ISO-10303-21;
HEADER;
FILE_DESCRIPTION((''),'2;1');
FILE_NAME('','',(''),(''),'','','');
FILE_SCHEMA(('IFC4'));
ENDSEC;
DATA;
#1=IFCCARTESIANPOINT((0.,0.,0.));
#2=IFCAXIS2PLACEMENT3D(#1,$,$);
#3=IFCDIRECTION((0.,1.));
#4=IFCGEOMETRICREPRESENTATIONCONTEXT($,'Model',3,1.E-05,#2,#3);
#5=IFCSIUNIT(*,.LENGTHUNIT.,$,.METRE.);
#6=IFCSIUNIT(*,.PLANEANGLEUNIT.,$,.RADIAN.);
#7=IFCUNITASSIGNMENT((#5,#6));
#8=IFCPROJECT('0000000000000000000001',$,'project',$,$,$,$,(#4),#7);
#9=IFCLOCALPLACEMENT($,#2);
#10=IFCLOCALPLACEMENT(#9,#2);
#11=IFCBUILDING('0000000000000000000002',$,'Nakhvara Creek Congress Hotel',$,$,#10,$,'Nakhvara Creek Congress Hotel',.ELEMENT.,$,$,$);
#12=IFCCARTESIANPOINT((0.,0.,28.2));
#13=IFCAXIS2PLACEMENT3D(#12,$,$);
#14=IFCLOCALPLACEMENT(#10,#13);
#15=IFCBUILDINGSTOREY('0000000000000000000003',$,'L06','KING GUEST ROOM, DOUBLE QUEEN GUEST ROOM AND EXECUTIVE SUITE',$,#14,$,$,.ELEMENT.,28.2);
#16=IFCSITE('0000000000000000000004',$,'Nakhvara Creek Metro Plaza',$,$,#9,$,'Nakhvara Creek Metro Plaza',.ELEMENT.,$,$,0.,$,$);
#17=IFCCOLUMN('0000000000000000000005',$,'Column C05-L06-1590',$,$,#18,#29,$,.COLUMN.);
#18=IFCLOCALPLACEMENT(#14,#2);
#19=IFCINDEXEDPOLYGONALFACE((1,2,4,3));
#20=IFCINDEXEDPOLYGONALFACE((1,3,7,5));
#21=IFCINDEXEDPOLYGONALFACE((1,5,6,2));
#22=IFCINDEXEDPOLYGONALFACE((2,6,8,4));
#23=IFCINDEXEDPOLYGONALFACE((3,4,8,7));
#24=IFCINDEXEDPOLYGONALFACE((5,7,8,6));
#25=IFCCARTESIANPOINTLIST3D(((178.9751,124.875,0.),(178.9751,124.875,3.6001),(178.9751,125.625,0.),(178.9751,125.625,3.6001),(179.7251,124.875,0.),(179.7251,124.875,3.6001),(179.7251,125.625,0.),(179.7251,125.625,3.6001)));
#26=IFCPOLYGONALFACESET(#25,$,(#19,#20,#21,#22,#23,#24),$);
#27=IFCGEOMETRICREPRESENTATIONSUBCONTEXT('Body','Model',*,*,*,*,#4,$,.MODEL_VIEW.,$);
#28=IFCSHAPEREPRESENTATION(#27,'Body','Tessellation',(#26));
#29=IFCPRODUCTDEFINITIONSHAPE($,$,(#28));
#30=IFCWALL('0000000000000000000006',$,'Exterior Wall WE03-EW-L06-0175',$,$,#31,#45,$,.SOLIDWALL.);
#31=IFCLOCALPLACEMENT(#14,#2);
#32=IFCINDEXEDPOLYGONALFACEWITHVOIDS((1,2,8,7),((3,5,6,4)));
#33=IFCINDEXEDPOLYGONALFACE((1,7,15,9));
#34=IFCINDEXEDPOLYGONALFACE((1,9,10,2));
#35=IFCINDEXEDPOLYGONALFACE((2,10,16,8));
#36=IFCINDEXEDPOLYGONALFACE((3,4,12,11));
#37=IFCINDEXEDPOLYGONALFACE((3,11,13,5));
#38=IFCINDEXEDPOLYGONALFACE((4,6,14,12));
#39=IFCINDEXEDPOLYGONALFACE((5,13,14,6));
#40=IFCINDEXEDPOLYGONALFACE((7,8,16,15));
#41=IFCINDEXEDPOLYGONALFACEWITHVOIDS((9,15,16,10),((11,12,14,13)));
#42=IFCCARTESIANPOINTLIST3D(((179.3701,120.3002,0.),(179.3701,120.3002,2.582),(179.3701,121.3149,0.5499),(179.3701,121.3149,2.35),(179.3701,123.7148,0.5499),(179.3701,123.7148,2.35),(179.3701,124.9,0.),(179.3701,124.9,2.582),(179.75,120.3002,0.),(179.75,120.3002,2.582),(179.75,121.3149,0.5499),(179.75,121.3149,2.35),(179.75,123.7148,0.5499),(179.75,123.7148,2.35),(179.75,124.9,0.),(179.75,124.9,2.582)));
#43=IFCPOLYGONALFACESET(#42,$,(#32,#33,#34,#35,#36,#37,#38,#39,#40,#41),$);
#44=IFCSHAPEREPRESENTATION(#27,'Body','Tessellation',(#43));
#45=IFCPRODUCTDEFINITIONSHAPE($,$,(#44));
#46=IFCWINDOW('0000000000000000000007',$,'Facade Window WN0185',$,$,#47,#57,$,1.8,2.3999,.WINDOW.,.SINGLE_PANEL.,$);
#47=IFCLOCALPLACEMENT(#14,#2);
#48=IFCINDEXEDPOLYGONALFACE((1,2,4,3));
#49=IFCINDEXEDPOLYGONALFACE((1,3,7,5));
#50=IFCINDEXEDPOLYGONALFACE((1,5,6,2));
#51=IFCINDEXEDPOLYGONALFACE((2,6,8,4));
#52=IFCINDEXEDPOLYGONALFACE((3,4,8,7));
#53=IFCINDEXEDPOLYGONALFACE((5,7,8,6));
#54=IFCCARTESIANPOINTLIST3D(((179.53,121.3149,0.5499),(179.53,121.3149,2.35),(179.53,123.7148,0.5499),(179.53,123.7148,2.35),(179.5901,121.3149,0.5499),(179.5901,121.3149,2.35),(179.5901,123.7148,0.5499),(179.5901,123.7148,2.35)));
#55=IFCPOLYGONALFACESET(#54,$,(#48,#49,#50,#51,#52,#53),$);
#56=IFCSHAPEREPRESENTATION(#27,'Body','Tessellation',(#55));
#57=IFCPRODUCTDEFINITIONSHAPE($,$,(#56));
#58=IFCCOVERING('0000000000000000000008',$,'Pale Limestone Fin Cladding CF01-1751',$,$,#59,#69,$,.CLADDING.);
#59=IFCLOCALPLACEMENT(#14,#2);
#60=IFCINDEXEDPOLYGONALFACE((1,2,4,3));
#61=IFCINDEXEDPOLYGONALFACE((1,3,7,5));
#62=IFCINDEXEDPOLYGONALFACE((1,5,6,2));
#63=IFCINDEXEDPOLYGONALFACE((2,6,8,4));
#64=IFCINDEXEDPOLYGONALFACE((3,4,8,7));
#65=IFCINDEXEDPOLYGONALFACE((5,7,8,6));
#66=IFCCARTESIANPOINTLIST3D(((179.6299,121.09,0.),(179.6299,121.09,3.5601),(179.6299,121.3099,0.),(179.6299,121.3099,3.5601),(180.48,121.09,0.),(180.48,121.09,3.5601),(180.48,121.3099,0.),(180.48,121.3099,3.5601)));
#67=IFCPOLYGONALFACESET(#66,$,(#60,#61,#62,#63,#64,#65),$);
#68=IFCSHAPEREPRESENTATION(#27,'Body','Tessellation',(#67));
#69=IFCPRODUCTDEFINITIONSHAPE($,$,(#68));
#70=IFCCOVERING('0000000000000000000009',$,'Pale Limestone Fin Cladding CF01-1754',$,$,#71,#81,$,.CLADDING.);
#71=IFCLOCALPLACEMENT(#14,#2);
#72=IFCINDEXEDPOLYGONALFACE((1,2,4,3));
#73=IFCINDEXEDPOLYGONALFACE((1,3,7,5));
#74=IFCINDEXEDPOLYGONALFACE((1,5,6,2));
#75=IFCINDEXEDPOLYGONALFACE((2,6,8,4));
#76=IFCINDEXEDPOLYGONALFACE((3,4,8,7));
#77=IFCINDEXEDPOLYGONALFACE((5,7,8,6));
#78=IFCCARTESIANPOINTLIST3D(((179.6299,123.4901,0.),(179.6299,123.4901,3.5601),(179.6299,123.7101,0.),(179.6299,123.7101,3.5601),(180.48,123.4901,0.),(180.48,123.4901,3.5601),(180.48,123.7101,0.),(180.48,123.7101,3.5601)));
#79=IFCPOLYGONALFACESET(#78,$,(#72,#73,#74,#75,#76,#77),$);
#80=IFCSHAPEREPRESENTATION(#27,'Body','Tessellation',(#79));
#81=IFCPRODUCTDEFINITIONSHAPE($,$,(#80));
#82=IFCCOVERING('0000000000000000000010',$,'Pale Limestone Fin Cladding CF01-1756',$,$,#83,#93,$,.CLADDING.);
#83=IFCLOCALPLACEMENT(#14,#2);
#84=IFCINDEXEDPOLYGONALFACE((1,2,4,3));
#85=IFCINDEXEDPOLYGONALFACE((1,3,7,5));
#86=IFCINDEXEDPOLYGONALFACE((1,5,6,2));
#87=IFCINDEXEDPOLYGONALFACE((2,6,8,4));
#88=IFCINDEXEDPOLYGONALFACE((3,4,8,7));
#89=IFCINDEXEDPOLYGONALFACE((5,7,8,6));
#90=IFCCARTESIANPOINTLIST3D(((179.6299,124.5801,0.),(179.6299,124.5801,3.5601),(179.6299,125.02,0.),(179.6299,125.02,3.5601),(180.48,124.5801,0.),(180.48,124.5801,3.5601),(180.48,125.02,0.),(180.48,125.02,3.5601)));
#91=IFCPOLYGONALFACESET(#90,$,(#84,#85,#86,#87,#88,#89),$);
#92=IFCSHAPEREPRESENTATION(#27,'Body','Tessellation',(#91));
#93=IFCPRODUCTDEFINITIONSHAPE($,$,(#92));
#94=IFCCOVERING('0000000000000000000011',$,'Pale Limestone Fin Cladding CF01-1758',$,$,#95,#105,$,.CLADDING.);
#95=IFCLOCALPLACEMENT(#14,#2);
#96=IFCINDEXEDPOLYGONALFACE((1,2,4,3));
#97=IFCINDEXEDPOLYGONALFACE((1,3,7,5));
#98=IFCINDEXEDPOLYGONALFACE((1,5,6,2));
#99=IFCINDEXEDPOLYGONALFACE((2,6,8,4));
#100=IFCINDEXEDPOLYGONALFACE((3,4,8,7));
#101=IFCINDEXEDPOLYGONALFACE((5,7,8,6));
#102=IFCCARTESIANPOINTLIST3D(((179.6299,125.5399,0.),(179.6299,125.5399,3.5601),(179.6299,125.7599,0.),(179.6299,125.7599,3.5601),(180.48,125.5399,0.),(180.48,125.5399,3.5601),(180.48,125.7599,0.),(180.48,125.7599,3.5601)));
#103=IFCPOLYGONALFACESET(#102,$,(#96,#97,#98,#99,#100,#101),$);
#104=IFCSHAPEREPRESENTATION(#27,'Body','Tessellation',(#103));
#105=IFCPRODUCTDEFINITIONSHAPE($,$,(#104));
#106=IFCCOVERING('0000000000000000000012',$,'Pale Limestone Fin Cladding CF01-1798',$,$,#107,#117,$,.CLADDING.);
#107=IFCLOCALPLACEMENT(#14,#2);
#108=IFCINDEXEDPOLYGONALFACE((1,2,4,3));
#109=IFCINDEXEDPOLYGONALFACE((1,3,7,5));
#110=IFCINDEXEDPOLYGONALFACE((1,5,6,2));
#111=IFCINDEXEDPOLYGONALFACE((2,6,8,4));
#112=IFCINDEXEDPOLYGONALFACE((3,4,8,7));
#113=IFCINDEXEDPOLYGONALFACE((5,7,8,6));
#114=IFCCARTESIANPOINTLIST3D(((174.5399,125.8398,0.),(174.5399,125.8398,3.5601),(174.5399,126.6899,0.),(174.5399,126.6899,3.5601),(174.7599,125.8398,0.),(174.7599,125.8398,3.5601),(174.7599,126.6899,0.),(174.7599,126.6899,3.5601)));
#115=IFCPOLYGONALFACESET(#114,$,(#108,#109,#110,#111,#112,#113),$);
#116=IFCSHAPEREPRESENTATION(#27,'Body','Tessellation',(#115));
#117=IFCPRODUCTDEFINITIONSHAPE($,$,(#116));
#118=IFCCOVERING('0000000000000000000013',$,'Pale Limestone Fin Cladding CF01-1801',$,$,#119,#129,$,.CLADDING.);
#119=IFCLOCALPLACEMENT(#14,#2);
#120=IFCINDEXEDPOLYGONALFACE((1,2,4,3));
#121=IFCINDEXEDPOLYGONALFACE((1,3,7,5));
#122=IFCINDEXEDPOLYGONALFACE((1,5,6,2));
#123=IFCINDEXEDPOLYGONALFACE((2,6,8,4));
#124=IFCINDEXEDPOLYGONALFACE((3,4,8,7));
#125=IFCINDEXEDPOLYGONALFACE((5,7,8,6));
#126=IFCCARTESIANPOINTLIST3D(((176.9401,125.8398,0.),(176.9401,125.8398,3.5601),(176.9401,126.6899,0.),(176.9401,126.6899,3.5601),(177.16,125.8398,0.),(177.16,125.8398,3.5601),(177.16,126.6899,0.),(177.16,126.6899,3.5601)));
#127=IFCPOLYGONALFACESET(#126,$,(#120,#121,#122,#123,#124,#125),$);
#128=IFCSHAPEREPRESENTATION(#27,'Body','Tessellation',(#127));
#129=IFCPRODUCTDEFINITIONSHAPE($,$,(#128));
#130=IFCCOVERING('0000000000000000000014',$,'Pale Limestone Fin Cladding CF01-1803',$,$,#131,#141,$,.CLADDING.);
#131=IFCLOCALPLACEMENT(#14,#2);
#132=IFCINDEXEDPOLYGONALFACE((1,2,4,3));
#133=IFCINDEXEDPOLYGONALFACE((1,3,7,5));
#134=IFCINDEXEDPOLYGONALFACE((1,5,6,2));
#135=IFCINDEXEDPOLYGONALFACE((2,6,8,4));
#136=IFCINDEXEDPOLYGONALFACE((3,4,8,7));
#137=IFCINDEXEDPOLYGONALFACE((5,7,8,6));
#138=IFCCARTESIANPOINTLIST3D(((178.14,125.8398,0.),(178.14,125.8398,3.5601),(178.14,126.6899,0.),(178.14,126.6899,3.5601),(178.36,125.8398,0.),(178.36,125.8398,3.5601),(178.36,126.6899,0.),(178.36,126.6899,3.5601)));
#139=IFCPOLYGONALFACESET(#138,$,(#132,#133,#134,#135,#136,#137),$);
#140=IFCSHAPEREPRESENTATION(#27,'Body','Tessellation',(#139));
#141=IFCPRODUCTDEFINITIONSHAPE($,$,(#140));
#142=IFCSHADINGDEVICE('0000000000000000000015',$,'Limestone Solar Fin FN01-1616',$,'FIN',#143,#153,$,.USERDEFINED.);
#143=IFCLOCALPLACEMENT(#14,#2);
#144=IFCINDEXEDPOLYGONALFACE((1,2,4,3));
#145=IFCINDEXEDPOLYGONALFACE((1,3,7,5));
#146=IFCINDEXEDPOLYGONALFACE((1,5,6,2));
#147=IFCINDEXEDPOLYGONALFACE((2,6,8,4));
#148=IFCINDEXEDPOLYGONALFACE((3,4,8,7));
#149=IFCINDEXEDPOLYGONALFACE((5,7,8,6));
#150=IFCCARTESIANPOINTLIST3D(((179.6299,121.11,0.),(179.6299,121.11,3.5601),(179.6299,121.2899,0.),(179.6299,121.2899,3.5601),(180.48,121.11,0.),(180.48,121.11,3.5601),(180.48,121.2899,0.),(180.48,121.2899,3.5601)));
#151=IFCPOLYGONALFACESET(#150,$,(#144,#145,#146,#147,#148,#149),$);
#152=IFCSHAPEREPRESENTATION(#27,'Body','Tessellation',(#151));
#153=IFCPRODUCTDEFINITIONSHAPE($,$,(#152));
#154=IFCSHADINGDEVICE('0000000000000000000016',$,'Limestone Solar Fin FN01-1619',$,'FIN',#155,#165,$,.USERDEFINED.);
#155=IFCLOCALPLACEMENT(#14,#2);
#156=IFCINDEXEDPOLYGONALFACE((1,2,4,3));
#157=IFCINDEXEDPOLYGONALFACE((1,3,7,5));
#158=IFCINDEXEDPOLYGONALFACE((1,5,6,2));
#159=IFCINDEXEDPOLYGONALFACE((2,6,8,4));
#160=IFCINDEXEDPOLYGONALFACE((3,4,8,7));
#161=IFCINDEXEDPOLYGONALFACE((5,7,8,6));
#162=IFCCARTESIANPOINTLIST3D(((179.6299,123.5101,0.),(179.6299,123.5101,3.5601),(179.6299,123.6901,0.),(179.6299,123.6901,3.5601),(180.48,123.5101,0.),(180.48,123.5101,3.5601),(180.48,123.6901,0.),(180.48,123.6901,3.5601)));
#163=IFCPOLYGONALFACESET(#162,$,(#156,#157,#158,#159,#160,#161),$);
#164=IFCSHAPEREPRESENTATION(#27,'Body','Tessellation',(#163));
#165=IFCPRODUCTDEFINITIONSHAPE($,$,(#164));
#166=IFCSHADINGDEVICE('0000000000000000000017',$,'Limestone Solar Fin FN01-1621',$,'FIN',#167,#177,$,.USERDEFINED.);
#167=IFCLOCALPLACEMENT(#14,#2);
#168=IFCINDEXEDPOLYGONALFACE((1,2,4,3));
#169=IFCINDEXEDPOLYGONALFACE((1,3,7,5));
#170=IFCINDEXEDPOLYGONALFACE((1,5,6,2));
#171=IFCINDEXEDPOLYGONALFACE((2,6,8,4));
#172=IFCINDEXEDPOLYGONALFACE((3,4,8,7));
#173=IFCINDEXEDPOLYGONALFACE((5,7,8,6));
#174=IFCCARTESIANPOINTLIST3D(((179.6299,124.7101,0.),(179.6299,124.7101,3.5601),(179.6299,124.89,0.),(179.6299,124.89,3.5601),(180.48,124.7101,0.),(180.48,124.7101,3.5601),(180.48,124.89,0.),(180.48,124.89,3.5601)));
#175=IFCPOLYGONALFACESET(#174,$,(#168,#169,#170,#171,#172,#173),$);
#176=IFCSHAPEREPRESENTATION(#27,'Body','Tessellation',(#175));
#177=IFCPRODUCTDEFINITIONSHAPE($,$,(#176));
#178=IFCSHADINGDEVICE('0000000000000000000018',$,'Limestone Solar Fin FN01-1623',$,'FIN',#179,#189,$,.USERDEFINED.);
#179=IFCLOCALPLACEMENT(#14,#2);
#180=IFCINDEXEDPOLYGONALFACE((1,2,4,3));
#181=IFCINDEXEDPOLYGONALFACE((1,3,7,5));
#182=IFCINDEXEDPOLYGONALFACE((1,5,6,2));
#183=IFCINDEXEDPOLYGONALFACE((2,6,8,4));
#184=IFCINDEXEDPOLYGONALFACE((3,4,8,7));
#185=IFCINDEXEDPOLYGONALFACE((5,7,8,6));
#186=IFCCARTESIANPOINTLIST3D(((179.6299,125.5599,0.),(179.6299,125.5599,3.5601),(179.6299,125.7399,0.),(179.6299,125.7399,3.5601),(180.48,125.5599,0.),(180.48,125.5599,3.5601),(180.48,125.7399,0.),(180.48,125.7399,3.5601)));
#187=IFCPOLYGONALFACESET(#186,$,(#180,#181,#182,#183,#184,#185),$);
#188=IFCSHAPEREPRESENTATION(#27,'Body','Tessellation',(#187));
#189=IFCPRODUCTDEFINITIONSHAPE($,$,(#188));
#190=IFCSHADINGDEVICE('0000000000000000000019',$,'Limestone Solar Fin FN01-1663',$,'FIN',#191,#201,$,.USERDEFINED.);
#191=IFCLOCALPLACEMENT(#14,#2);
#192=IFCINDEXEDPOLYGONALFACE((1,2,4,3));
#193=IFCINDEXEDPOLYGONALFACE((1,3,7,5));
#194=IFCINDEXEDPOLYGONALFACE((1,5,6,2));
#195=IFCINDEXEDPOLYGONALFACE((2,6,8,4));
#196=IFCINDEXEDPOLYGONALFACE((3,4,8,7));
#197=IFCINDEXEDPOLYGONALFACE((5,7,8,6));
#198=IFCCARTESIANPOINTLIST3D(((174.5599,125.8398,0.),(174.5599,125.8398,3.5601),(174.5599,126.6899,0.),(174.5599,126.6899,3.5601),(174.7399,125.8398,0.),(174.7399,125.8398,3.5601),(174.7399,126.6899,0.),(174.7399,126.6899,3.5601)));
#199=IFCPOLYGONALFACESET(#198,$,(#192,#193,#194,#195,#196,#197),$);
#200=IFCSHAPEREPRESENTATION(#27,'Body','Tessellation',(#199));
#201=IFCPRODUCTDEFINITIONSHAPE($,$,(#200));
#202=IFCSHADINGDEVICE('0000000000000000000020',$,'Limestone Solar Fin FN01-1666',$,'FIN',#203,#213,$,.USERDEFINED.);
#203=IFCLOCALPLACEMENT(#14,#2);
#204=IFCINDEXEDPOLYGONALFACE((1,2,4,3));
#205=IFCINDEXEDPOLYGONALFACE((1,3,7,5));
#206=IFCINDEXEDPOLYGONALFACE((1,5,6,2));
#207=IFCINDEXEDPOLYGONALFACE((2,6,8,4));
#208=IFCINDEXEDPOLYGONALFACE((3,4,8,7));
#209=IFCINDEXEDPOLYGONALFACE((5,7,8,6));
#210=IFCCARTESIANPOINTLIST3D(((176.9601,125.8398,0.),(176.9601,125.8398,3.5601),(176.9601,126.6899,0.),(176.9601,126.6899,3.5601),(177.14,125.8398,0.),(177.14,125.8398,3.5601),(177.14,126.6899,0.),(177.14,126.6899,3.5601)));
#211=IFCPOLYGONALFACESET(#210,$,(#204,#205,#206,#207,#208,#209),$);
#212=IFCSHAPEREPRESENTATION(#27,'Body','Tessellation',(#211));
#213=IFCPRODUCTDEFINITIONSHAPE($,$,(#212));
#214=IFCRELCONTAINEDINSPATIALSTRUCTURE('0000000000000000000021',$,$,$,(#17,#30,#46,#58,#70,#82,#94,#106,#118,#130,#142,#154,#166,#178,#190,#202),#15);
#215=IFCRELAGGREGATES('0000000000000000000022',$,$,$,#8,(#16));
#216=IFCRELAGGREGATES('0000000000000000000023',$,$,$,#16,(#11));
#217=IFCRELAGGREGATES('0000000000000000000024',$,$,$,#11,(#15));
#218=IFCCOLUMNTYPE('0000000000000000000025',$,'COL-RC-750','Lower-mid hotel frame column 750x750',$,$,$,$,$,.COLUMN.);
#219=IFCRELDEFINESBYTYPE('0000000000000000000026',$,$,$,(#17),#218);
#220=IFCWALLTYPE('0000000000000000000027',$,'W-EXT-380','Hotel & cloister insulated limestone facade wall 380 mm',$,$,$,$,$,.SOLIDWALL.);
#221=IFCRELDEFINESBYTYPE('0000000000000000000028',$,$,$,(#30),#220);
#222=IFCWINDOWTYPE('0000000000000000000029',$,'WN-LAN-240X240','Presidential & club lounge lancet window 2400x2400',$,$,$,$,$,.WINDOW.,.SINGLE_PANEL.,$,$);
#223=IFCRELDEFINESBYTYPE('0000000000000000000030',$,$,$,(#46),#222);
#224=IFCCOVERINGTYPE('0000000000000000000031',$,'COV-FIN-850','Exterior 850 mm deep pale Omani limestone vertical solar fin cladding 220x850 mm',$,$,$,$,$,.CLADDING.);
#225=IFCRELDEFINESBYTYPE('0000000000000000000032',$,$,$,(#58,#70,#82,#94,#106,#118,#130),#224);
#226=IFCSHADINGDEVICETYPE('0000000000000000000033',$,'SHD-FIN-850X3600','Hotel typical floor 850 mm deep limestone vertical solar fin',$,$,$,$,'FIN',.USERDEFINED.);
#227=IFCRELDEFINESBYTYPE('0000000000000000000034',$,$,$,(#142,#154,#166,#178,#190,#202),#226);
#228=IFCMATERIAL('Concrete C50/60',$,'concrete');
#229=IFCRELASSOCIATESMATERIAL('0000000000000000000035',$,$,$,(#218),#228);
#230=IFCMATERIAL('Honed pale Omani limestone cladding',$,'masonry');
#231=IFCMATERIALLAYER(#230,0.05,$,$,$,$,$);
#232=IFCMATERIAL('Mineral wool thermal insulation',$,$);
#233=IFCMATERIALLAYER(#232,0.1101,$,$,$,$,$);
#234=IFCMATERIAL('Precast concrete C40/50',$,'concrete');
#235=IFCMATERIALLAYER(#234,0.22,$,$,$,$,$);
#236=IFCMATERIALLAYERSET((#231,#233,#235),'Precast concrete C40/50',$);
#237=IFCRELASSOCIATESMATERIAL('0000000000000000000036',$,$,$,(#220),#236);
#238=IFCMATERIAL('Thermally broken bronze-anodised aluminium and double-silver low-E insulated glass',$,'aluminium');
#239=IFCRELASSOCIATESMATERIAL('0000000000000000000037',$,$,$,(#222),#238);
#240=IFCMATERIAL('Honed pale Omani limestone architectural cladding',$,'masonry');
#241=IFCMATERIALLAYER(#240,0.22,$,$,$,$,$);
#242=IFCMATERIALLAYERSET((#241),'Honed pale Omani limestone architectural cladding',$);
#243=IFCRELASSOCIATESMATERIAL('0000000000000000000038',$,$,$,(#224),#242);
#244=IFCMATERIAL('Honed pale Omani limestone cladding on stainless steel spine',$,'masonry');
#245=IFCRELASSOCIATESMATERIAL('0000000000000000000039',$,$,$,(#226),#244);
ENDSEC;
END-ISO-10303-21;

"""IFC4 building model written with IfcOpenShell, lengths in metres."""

from ifc_helpers import new_model, si_unit, direction, frame, frame_2d, origin, origin_2d, place, context, subcontext, project, spatial, rectangle, extrude, material, layer, layer_set, material_profile, profile_set, type_object, element, fill, save


model = new_model("IFC4")

# Units and contexts
model_context = context("Model", 3, precision=1e-05, world=origin(), true_north=direction((0.0, 1.0)))
body_context = subcontext(model_context, "Body", "Model", "MODEL_VIEW")
ifc_project = project(units=[si_unit("LENGTHUNIT", "METRE"), si_unit("PLANEANGLEUNIT", "RADIAN")], contexts=[model_context])

# Site, building, storey
site_placement = place(None, origin())
site = spatial("IfcSite", under=ifc_project, at=site_placement, Name="Nakhvara Creek Metro Plaza", LongName="Nakhvara Creek Metro Plaza", CompositionType="ELEMENT", RefElevation=0.0)
building_placement = place(site_placement, origin())
building = spatial("IfcBuilding", under=site, at=building_placement, Name="Nakhvara Creek Congress Hotel", LongName="Nakhvara Creek Congress Hotel", CompositionType="ELEMENT")
storey_placement = place(building_placement, frame((0.0, 0.0, 28.2)))
storey = spatial("IfcBuildingStorey", under=building, at=storey_placement, Name="L06", Description="KING GUEST ROOM, DOUBLE QUEEN GUEST ROOM AND EXECUTIVE SUITE", CompositionType="ELEMENT", Elevation=28.2)

# Column
ifc_material_1 = material(Name="Concrete C50/60", Category="concrete")
ifc_material_profile = material_profile(ifc_material_1, rectangle(XDim=0.75, YDim=0.75, at=origin_2d()), Name="RC-COL 750x750", Category="LoadBearing")
ifc_profile_set = profile_set([ifc_material_profile], Name="Concrete C50/60")
column_type = type_object("IfcColumnType", Name="COL-RC-750", Description="Lower-mid hotel frame column 750x750", PredefinedType="COLUMN", material=ifc_profile_set)
column_placement = place(storey_placement, frame((179.3501, 125.25, 0.0), z_axis=(0.0, 0.0, 1.0), x_axis=(1.0, 0.0, 0.0)))
element("IfcColumn", 1, at=column_placement, inside=storey, type_object=column_type, Name="Column C05-L06-1590", PredefinedType="COLUMN", context=body_context, shape_type="SweptSolid", body=[
    extrude(rectangle(XDim=0.75, YDim=0.75, at=origin_2d()), origin(), (0.0, 0.0, 1.0), 3.6001),
])

# Wall, opening, window
ifc_material_2 = material(Name="Honed pale Omani limestone cladding", Category="masonry")
ifc_layer_1 = layer(ifc_material_2, 0.05)
ifc_material_3 = material(Name="Mineral wool thermal insulation")
ifc_layer_2 = layer(ifc_material_3, 0.1101)
ifc_material_4 = material(Name="Precast concrete C40/50", Category="concrete")
ifc_layer_3 = layer(ifc_material_4, 0.22)
ifc_layer_set_1 = layer_set([ifc_layer_1, ifc_layer_2, ifc_layer_3], Name="Precast concrete C40/50")
wall_type = type_object("IfcWallType", Name="W-EXT-380", Description="Hotel & cloister insulated limestone facade wall 380 mm", PredefinedType="SOLIDWALL", material=ifc_layer_set_1)
wall_placement = place(storey_placement, frame((179.5601, 124.8999, 0.0), z_axis=(0.0, 0.0, 1.0), x_axis=(0.0, -1.0, 0.0)))
wall = element("IfcWall", 2, at=wall_placement, inside=storey, type_object=wall_type, Name="Exterior Wall WE03-EW-L06-0175", PredefinedType="SOLIDWALL", context=body_context, shape_type="SweptSolid", body=[
    extrude(rectangle(XDim=4.5999, YDim=0.3799, at=frame_2d((2.2998, 0.0))), origin(), (0.0, 0.0, 1.0), 2.582),
])
opening_placement = place(wall_placement, frame((1.1851, 0.0, 0.55)))
opening = element("IfcOpeningElement", 3, at=opening_placement, cuts=wall, PredefinedType="OPENING", context=body_context, shape_type="SweptSolid", body=[
    extrude(rectangle(XDim=2.3999, YDim=1.8, at=frame_2d((1.2, 0.8999))), frame((0.0, 0.2019, 0.0), z_axis=(0.0, -1.0, 0.0), x_axis=(1.0, 0.0, 0.0)), (0.0, 0.0, 1.0), 0.4038),
])
ifc_material_5 = material(Name="Thermally broken bronze-anodised aluminium and double-silver low-E insulated glass", Category="aluminium")
window_type = type_object("IfcWindowType", Name="WN-LAN-240X240", Description="Presidential & club lounge lancet window 2400x2400", PartitioningType="SINGLE_PANEL", PredefinedType="WINDOW", material=ifc_material_5)
window_placement = place(opening_placement, origin())
window = element("IfcWindow", 4, at=window_placement, inside=storey, type_object=window_type, Name="Facade Window WN0185", OverallHeight=1.8, OverallWidth=2.3999, PartitioningType="SINGLE_PANEL", PredefinedType="WINDOW", context=body_context, shape_type="SweptSolid", body=[
    extrude(rectangle(XDim=2.3999, YDim=1.8, at=frame_2d((1.2, 0.8999))), frame((0.0, 0.03, 0.0), z_axis=(0.0, -1.0, 0.0), x_axis=(1.0, 0.0, 0.0)), (0.0, 0.0, 1.0), 0.0601),
])
fill(opening, window)

# Coverings
ifc_material_6 = material(Name="Honed pale Omani limestone architectural cladding", Category="masonry")
ifc_layer_4 = layer(ifc_material_6, 0.22)
ifc_layer_set_2 = layer_set([ifc_layer_4], Name="Honed pale Omani limestone architectural cladding")
covering_type = type_object("IfcCoveringType", Name="COV-FIN-850", Description="Exterior 850 mm deep pale Omani limestone vertical solar fin cladding 220x850 mm", PredefinedType="CLADDING", material=ifc_layer_set_2)
for number, where, z_axis, x_axis, name in (
    (5, (180.0549, 121.2, 0.0), (0.0, 0.0, 1.0), (0.0, 1.0, 0.0), "Pale Limestone Fin Cladding CF01-1751"),
    (6, (180.0549, 123.6001, 0.0), (0.0, 0.0, 1.0), (0.0, 1.0, 0.0), "Pale Limestone Fin Cladding CF01-1754"),
):
    element("IfcCovering", number, at=place(storey_placement, frame(where, z_axis=z_axis, x_axis=x_axis)), inside=storey, type_object=covering_type, Name=name, PredefinedType="CLADDING", context=body_context, shape_type="SweptSolid", body=[
        extrude(rectangle(XDim=0.22, YDim=0.8501, at=origin_2d()), origin(), (0.0, 0.0, 1.0), 3.5601),
    ])
covering_placement = place(storey_placement, frame((180.0549, 124.8, 0.0), z_axis=(0.0, 0.0, 1.0), x_axis=(0.0, 1.0, 0.0)))
element("IfcCovering", 7, at=covering_placement, inside=storey, type_object=covering_type, Name="Pale Limestone Fin Cladding CF01-1756", PredefinedType="CLADDING", context=body_context, shape_type="SweptSolid", body=[
    extrude(rectangle(XDim=0.4399, YDim=0.8501, at=origin_2d()), origin(), (0.0, 0.0, 1.0), 3.5601),
])
for number, where, z_axis, x_axis, name in (
    (8, (180.0549, 125.6499, 0.0), (0.0, 0.0, 1.0), (0.0, 1.0, 0.0), "Pale Limestone Fin Cladding CF01-1758"),
    (9, (174.6499, 126.2649, 0.0), (0.0, 0.0, 1.0), (1.0, 0.0, 0.0), "Pale Limestone Fin Cladding CF01-1798"),
    (10, (177.05, 126.2649, 0.0), (0.0, 0.0, 1.0), (1.0, 0.0, 0.0), "Pale Limestone Fin Cladding CF01-1801"),
    (11, (178.25, 126.2649, 0.0), (0.0, 0.0, 1.0), (1.0, 0.0, 0.0), "Pale Limestone Fin Cladding CF01-1803"),
):
    element("IfcCovering", number, at=place(storey_placement, frame(where, z_axis=z_axis, x_axis=x_axis)), inside=storey, type_object=covering_type, Name=name, PredefinedType="CLADDING", context=body_context, shape_type="SweptSolid", body=[
        extrude(rectangle(XDim=0.22, YDim=0.8501, at=origin_2d()), origin(), (0.0, 0.0, 1.0), 3.5601),
    ])

# Shading devices
ifc_material_7 = material(Name="Honed pale Omani limestone cladding on stainless steel spine", Category="masonry")
shading_device_type = type_object("IfcShadingDeviceType", Name="SHD-FIN-850X3600", Description="Hotel typical floor 850 mm deep limestone vertical solar fin", ElementType="FIN", PredefinedType="USERDEFINED", material=ifc_material_7)
for number, where, z_axis, x_axis, name in (
    (12, (180.0549, 121.2, 0.0), (0.0, 0.0, 1.0), (0.0, 1.0, 0.0), "Limestone Solar Fin FN01-1616"),
    (13, (180.0549, 123.6001, 0.0), (0.0, 0.0, 1.0), (0.0, 1.0, 0.0), "Limestone Solar Fin FN01-1619"),
    (14, (180.0549, 124.8, 0.0), (0.0, 0.0, 1.0), (0.0, 1.0, 0.0), "Limestone Solar Fin FN01-1621"),
    (15, (180.0549, 125.6499, 0.0), (0.0, 0.0, 1.0), (0.0, 1.0, 0.0), "Limestone Solar Fin FN01-1623"),
    (16, (174.6499, 126.2649, 0.0), (0.0, 0.0, 1.0), (1.0, 0.0, 0.0), "Limestone Solar Fin FN01-1663"),
    (17, (177.05, 126.2649, 0.0), (0.0, 0.0, 1.0), (1.0, 0.0, 0.0), "Limestone Solar Fin FN01-1666"),
):
    element("IfcShadingDevice", number, at=place(storey_placement, frame(where, z_axis=z_axis, x_axis=x_axis)), inside=storey, type_object=shading_device_type, Name=name, ObjectType="FIN", PredefinedType="USERDEFINED", context=body_context, shape_type="SweptSolid", body=[
        extrude(rectangle(XDim=0.1799, YDim=0.8501, at=origin_2d()), origin(), (0.0, 0.0, 1.0), 3.5601),
    ])

save(model, "model.ifc")
